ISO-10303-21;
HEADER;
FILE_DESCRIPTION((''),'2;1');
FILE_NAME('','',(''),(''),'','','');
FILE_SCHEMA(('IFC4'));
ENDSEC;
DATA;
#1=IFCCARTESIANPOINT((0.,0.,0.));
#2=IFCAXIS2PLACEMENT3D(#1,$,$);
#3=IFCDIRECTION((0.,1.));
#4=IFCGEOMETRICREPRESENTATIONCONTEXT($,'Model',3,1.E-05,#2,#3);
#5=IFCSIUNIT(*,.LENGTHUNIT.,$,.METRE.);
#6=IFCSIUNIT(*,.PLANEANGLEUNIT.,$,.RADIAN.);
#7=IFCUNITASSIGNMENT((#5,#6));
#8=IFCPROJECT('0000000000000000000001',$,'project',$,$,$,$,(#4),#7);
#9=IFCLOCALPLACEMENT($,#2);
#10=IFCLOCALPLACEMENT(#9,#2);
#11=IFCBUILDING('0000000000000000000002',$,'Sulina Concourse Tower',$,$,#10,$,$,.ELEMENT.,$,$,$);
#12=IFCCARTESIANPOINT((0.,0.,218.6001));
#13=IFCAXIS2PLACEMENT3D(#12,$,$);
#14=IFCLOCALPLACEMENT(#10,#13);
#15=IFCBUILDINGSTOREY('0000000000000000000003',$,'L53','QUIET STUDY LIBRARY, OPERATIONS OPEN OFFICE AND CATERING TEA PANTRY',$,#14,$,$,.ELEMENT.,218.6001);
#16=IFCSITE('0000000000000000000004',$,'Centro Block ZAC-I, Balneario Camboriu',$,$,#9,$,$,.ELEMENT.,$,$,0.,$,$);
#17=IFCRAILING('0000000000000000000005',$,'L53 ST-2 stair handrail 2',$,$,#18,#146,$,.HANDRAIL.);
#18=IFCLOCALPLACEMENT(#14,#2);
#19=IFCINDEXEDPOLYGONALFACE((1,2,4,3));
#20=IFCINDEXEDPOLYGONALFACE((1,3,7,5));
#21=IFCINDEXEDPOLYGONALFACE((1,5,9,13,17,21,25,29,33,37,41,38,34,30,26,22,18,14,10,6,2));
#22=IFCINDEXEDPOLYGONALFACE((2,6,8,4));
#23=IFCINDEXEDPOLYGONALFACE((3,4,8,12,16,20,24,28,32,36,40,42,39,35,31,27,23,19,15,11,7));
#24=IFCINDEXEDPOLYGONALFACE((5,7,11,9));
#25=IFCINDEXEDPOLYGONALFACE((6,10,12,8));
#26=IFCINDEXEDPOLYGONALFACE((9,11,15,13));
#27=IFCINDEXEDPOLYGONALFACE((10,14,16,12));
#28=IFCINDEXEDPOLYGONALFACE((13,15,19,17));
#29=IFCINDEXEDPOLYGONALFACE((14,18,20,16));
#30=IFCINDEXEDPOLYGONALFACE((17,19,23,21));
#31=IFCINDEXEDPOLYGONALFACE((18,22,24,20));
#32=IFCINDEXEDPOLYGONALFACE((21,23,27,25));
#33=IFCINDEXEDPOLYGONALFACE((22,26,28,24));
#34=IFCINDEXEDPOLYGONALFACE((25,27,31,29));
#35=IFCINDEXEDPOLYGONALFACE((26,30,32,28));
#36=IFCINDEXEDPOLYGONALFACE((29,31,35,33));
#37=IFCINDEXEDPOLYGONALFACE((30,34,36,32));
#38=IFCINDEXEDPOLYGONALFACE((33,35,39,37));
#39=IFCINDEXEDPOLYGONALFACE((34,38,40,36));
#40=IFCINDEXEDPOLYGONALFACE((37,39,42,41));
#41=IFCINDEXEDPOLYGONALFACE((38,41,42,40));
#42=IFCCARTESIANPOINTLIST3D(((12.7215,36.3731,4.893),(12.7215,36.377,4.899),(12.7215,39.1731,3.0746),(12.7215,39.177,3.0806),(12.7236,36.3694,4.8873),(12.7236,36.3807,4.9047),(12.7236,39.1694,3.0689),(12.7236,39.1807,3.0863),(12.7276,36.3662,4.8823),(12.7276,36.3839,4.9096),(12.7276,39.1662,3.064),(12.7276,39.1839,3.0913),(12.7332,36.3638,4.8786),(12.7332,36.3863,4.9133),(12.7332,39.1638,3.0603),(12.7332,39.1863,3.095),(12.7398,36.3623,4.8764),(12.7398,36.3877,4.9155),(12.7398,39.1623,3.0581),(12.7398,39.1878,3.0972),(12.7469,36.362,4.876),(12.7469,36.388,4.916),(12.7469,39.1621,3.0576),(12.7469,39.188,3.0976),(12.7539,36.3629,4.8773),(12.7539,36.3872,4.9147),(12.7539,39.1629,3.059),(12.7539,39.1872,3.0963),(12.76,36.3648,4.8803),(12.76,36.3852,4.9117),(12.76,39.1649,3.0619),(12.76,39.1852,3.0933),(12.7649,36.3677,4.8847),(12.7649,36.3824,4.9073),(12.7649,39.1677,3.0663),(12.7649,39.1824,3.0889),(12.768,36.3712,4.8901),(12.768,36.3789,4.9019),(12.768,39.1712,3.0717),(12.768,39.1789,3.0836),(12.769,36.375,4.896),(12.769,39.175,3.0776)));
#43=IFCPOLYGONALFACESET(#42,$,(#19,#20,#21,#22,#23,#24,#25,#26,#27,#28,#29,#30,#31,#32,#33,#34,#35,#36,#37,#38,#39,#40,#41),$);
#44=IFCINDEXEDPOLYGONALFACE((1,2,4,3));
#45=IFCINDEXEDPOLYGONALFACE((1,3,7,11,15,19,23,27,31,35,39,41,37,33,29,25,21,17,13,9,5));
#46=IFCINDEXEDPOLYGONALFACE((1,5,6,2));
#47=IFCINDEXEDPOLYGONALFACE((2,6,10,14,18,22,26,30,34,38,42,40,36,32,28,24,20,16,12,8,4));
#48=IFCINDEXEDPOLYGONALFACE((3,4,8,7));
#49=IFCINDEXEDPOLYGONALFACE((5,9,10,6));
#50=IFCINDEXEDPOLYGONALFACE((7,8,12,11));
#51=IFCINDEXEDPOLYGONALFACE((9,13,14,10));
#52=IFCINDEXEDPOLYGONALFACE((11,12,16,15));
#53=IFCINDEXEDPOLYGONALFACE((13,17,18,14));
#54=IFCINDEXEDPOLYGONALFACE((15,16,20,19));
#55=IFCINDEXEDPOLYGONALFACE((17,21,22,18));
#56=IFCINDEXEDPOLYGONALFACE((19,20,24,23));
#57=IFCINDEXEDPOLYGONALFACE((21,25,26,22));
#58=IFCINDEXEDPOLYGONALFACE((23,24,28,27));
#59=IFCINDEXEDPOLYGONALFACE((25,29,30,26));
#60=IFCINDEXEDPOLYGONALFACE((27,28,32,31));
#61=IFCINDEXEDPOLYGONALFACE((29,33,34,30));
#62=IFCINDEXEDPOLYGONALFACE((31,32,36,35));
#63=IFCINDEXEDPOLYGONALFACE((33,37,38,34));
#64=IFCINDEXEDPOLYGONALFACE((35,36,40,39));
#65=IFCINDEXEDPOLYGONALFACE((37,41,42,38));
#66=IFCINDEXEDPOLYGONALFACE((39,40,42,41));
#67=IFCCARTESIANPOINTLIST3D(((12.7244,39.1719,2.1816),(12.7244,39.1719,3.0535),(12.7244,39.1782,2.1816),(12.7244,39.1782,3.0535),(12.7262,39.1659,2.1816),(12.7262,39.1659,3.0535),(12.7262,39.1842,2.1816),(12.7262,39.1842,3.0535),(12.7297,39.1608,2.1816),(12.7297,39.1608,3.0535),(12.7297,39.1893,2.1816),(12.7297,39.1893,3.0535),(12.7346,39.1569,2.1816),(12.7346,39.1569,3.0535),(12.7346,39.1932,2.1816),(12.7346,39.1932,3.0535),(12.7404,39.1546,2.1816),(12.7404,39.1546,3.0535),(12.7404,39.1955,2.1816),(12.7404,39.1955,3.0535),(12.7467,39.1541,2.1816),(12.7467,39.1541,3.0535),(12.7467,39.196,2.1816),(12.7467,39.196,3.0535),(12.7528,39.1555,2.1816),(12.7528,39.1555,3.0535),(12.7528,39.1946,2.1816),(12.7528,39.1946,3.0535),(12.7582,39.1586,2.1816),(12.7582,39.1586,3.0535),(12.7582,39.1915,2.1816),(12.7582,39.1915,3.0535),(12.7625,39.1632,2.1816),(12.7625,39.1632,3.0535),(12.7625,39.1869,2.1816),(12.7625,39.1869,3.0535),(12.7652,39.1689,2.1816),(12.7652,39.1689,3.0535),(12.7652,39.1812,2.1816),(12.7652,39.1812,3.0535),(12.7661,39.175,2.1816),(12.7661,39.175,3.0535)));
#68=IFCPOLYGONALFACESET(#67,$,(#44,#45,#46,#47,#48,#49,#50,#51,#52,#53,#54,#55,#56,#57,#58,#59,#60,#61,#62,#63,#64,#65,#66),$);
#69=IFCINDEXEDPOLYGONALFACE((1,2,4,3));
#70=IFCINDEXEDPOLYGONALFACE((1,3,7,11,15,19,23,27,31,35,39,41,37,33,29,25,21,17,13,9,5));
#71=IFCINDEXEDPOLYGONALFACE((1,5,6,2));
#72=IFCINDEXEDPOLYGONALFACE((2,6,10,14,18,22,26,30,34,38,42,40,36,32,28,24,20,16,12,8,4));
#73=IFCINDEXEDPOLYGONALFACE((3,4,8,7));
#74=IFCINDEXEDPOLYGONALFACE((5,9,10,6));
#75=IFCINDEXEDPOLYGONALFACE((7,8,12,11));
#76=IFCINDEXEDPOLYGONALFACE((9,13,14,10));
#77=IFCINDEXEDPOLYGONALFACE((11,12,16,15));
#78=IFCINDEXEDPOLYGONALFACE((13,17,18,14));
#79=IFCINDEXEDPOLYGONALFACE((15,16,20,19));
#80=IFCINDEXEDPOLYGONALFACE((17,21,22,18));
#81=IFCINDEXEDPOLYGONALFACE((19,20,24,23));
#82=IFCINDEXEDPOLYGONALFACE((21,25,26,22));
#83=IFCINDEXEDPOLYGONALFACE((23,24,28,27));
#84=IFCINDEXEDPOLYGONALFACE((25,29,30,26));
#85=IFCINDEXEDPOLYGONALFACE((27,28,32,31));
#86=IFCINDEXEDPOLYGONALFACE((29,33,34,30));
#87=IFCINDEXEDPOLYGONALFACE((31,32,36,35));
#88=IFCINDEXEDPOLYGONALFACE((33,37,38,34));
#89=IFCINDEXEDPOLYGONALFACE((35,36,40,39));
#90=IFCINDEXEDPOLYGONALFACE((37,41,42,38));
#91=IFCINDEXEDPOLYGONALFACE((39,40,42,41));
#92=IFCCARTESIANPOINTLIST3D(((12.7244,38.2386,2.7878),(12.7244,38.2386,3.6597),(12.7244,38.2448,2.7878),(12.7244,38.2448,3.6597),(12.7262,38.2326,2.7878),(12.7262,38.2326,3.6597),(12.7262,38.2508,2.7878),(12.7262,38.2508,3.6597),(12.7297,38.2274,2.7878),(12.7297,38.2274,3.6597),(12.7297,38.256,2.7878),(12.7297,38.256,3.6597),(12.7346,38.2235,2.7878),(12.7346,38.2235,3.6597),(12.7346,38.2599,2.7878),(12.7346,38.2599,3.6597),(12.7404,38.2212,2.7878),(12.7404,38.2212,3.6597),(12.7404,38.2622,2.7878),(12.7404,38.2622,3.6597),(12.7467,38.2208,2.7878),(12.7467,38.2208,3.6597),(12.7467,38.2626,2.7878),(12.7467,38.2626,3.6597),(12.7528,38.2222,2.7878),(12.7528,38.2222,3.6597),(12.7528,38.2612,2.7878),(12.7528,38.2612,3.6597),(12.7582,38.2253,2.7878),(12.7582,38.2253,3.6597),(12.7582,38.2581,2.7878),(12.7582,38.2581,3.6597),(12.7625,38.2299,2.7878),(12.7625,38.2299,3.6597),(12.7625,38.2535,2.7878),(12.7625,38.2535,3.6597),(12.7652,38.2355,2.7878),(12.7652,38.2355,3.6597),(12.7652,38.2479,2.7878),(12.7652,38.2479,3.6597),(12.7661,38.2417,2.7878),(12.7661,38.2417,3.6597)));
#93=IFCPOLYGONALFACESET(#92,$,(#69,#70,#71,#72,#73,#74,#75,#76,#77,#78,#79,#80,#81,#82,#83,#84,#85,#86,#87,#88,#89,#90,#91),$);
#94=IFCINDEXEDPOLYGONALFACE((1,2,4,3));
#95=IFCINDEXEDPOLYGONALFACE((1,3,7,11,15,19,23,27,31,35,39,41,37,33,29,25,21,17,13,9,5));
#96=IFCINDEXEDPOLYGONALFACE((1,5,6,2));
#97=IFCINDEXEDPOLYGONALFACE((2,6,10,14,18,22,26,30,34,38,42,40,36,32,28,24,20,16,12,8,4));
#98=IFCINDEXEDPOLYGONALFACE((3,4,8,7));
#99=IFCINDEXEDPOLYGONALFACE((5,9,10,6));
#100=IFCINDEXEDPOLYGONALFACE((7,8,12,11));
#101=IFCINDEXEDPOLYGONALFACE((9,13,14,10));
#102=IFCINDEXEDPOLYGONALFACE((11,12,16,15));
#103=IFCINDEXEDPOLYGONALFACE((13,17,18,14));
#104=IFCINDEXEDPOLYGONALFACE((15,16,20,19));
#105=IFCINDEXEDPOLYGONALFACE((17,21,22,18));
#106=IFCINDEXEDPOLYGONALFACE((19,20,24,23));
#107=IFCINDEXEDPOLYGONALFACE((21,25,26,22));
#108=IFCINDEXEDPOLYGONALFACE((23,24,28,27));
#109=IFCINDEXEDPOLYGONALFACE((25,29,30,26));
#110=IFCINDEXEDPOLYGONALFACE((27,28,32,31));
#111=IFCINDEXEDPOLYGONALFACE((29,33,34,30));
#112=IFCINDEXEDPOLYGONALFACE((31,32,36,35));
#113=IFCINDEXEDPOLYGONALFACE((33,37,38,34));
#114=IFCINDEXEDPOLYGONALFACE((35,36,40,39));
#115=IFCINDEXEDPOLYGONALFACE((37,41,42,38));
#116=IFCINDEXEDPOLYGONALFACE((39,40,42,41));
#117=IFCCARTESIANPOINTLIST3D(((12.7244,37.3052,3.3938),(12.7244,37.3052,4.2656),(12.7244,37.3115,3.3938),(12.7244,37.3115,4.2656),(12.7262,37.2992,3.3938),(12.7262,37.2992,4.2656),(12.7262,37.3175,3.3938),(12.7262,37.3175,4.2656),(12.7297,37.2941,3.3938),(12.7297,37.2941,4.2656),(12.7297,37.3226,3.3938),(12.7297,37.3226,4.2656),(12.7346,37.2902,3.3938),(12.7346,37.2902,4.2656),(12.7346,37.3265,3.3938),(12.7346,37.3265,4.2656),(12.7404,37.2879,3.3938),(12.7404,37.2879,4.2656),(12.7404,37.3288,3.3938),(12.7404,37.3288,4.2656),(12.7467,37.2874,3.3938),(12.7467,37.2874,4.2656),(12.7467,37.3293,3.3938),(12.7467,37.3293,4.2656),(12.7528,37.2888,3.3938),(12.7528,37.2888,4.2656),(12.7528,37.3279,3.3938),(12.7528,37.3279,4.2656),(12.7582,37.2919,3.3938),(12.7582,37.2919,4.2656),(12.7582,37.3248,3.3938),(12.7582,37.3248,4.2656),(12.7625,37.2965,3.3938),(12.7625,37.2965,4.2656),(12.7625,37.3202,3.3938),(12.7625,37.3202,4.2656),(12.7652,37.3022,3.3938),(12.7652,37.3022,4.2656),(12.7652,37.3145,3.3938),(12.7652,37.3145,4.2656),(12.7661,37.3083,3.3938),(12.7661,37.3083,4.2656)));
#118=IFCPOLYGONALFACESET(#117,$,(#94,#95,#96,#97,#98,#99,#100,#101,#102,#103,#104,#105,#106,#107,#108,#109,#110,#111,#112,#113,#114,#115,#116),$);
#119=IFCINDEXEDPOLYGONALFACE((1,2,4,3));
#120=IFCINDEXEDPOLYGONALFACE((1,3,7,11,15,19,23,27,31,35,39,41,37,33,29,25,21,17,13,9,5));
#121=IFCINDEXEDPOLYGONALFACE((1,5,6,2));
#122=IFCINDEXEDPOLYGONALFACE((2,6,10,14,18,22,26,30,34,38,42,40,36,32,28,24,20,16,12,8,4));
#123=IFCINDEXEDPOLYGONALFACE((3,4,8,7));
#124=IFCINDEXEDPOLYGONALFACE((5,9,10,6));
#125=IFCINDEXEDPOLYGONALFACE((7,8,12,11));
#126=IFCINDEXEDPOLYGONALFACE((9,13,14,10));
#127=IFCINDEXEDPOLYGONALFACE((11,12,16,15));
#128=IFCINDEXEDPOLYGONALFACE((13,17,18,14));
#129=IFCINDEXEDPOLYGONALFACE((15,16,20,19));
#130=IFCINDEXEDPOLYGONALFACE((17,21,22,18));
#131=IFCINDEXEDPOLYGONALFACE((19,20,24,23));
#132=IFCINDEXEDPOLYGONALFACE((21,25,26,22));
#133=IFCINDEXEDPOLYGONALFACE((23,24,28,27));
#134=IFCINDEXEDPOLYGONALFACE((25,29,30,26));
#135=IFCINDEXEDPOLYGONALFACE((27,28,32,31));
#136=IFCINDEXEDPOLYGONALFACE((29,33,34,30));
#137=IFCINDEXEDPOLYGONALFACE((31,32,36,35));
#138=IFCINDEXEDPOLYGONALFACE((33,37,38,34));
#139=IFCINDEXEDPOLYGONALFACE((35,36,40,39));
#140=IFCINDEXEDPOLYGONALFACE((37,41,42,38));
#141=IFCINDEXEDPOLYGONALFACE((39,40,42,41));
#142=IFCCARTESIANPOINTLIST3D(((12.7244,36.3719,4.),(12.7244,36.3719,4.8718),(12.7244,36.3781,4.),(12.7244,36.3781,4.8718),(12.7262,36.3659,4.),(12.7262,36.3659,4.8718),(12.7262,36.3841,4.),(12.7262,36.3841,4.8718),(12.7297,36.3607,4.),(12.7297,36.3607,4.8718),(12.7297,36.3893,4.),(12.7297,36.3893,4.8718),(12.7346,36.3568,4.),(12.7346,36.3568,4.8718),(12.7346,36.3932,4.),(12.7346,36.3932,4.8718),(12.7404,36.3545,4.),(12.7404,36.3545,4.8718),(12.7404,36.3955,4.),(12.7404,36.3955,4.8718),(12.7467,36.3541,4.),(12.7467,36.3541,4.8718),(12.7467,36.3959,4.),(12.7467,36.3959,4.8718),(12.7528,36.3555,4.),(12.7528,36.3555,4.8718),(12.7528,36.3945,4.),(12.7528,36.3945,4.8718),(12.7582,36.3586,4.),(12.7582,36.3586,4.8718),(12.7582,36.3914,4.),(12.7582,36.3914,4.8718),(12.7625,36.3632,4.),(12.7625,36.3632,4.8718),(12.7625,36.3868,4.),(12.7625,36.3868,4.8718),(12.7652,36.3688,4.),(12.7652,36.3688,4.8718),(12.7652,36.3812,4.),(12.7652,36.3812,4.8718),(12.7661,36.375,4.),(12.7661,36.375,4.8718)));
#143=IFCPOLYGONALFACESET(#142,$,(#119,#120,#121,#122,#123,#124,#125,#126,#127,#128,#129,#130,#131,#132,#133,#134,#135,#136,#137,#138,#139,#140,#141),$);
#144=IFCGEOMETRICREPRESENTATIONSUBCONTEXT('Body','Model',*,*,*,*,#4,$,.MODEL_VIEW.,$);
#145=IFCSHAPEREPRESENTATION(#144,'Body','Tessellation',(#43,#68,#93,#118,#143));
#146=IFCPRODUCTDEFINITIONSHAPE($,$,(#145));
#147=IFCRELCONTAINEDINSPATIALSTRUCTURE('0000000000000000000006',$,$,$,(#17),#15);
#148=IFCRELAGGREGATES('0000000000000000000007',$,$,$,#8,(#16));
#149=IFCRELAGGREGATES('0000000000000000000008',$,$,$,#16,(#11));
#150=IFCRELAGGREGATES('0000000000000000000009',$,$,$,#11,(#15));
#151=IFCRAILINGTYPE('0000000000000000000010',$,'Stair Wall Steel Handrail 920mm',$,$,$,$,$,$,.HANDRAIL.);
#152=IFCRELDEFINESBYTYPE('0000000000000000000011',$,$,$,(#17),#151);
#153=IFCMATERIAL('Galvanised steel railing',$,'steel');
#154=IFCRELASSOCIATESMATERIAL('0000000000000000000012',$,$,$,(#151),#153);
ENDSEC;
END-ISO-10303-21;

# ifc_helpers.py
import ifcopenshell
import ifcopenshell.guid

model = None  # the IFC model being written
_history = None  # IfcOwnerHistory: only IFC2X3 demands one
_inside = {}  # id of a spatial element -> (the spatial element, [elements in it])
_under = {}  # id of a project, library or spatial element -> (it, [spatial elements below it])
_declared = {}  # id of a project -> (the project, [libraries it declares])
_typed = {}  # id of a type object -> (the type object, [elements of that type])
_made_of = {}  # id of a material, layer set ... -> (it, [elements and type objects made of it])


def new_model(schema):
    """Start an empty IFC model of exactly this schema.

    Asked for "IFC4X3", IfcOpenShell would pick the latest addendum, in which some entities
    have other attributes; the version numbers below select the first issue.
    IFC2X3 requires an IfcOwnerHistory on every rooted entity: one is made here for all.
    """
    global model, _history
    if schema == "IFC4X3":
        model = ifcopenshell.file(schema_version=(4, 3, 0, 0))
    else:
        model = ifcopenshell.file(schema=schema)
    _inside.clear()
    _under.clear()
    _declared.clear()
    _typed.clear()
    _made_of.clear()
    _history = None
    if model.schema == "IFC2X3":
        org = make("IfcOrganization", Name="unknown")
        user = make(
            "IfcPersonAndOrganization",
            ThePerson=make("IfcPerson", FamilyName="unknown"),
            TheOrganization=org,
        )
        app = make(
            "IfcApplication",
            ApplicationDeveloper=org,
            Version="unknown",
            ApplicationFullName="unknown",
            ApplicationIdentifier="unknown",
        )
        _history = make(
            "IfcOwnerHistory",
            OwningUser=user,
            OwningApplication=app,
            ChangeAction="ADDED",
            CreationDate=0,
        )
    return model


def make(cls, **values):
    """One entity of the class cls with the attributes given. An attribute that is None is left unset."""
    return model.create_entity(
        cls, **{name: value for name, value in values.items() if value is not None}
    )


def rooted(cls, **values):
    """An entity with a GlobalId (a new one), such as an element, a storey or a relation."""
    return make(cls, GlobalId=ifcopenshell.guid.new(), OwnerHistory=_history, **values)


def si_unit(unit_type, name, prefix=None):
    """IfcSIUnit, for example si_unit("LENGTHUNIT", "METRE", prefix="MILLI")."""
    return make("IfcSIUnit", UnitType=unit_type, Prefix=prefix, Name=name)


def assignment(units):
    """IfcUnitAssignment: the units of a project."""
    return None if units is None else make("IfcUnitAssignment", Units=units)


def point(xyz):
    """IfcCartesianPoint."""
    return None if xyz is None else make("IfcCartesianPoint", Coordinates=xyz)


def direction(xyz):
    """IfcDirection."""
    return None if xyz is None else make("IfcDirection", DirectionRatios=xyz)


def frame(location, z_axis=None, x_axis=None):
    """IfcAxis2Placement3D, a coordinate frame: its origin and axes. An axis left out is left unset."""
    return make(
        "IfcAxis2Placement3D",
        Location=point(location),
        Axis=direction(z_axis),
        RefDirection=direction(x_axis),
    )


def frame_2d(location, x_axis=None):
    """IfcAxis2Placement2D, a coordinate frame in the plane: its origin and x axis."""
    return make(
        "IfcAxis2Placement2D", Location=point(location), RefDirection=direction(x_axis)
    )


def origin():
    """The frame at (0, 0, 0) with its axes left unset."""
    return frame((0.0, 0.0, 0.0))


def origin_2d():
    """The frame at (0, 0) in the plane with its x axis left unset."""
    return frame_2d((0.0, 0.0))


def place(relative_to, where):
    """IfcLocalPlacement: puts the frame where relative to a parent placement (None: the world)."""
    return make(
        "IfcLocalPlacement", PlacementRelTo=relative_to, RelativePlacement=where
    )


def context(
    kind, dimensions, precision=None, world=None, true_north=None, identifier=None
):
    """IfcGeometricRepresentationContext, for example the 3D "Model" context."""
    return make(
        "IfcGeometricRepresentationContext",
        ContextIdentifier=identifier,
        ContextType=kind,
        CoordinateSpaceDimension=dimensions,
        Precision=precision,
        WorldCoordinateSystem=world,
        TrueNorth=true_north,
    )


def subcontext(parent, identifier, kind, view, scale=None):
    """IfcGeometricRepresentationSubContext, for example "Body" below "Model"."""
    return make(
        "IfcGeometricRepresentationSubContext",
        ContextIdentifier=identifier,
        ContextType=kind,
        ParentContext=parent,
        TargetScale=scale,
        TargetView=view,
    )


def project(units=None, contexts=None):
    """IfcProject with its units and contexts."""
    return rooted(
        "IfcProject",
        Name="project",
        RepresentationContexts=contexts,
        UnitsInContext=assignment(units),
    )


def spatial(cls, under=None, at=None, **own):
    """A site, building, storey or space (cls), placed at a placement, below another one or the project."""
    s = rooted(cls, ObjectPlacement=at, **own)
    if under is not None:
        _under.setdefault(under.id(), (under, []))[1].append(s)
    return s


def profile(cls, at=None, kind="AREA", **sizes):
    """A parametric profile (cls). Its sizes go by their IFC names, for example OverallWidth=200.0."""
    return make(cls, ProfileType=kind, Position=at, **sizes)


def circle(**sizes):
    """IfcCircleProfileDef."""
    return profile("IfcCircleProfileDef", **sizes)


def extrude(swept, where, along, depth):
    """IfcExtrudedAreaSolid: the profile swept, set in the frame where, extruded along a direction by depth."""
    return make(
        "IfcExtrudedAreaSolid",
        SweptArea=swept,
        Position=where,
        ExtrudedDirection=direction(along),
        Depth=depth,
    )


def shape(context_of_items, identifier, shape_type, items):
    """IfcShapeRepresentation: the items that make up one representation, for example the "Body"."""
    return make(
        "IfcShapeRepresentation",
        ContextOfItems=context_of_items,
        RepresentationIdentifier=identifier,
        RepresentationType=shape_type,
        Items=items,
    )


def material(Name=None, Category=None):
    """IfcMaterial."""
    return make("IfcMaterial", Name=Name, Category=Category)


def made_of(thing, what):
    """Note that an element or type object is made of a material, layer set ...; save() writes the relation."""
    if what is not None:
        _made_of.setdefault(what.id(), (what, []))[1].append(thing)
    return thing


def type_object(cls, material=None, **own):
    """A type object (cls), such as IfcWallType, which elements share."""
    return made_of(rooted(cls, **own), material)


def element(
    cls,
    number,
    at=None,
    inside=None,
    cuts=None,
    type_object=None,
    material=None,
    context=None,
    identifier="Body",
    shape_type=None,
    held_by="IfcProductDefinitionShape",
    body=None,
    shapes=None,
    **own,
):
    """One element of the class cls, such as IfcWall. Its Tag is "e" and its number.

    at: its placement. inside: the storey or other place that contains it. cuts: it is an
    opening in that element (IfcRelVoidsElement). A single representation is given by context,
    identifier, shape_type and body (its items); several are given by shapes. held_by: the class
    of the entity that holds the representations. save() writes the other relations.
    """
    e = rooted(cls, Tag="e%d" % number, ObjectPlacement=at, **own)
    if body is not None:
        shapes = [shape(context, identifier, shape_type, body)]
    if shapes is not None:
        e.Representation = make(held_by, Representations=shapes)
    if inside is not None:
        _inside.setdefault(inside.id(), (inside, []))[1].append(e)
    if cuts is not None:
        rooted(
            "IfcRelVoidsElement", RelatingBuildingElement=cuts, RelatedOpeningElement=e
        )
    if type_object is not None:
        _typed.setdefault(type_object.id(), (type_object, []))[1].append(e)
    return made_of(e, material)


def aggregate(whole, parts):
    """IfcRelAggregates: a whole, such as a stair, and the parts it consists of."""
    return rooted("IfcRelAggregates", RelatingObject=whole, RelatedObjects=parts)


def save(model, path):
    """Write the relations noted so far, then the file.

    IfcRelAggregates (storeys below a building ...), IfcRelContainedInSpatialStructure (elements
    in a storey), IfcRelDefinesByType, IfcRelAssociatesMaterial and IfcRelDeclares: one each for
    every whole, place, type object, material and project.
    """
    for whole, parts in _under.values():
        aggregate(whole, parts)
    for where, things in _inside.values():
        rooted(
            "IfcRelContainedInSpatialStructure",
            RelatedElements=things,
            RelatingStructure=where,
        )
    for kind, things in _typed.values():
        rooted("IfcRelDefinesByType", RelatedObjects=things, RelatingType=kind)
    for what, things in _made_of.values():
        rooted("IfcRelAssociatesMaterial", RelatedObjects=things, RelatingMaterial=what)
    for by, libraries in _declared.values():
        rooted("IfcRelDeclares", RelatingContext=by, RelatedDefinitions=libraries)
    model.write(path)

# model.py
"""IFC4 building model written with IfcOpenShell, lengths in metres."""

from ifc_helpers import new_model, si_unit, direction, frame, origin, origin_2d, place, context, subcontext, project, spatial, circle, extrude, material, type_object, element, save


model = new_model("IFC4")

# Units and contexts
model_context = context("Model", 3, precision=1e-05, world=origin(), true_north=direction((0.0, 1.0)))
body_context = subcontext(model_context, "Body", "Model", "MODEL_VIEW")
ifc_project = project(units=[si_unit("LENGTHUNIT", "METRE"), si_unit("PLANEANGLEUNIT", "RADIAN")], contexts=[model_context])

# Site, building, storey
site_placement = place(None, origin())
site = spatial("IfcSite", under=ifc_project, at=site_placement, Name="Centro Block ZAC-I, Balneario Camboriu", CompositionType="ELEMENT", RefElevation=0.0)
building_placement = place(site_placement, origin())
building = spatial("IfcBuilding", under=site, at=building_placement, Name="Sulina Concourse Tower", CompositionType="ELEMENT")
storey_placement = place(building_placement, frame((0.0, 0.0, 218.6001)))
storey = spatial("IfcBuildingStorey", under=building, at=storey_placement, Name="L53", Description="QUIET STUDY LIBRARY, OPERATIONS OPEN OFFICE AND CATERING TEA PANTRY", CompositionType="ELEMENT", Elevation=218.6001)

# Railing
ifc_material_1 = material(Name="Galvanised steel railing", Category="steel")
railing_type_1 = type_object("IfcRailingType", Name="Stair Wall Steel Handrail 920mm", PredefinedType="HANDRAIL", material=ifc_material_1)
railing_1_placement = place(storey_placement, frame((12.7451, 39.175, 2.1816)))
element("IfcRailing", 1, at=railing_1_placement, inside=storey, type_object=railing_type_1, Name="L53 ST-2 stair handrail 2", PredefinedType="HANDRAIL", context=body_context, shape_type="SweptSolid", body=[
    extrude(circle(Radius=0.0239, at=origin_2d()), frame((0.0, 0.0, 0.896), z_axis=(0.0, -0.838672, 0.544636), x_axis=(1.0, 0.0, 0.0)), (0.0, 0.0, 1.0), 3.3386),
    extrude(circle(Radius=0.021, at=origin_2d()), origin(), (0.0, 0.0, 1.0), 0.8718),
    extrude(circle(Radius=0.021, at=origin_2d()), frame((0.0, -0.9333, 0.6062)), (0.0, 0.0, 1.0), 0.8718),
    extrude(circle(Radius=0.021, at=origin_2d()), frame((0.0, -1.8667, 1.2122)), (0.0, 0.0, 1.0), 0.8718),
    extrude(circle(Radius=0.021, at=origin_2d()), frame((0.0, -2.8, 1.8184)), (0.0, 0.0, 1.0), 0.8718),
])

save(model, "model.ifc")
